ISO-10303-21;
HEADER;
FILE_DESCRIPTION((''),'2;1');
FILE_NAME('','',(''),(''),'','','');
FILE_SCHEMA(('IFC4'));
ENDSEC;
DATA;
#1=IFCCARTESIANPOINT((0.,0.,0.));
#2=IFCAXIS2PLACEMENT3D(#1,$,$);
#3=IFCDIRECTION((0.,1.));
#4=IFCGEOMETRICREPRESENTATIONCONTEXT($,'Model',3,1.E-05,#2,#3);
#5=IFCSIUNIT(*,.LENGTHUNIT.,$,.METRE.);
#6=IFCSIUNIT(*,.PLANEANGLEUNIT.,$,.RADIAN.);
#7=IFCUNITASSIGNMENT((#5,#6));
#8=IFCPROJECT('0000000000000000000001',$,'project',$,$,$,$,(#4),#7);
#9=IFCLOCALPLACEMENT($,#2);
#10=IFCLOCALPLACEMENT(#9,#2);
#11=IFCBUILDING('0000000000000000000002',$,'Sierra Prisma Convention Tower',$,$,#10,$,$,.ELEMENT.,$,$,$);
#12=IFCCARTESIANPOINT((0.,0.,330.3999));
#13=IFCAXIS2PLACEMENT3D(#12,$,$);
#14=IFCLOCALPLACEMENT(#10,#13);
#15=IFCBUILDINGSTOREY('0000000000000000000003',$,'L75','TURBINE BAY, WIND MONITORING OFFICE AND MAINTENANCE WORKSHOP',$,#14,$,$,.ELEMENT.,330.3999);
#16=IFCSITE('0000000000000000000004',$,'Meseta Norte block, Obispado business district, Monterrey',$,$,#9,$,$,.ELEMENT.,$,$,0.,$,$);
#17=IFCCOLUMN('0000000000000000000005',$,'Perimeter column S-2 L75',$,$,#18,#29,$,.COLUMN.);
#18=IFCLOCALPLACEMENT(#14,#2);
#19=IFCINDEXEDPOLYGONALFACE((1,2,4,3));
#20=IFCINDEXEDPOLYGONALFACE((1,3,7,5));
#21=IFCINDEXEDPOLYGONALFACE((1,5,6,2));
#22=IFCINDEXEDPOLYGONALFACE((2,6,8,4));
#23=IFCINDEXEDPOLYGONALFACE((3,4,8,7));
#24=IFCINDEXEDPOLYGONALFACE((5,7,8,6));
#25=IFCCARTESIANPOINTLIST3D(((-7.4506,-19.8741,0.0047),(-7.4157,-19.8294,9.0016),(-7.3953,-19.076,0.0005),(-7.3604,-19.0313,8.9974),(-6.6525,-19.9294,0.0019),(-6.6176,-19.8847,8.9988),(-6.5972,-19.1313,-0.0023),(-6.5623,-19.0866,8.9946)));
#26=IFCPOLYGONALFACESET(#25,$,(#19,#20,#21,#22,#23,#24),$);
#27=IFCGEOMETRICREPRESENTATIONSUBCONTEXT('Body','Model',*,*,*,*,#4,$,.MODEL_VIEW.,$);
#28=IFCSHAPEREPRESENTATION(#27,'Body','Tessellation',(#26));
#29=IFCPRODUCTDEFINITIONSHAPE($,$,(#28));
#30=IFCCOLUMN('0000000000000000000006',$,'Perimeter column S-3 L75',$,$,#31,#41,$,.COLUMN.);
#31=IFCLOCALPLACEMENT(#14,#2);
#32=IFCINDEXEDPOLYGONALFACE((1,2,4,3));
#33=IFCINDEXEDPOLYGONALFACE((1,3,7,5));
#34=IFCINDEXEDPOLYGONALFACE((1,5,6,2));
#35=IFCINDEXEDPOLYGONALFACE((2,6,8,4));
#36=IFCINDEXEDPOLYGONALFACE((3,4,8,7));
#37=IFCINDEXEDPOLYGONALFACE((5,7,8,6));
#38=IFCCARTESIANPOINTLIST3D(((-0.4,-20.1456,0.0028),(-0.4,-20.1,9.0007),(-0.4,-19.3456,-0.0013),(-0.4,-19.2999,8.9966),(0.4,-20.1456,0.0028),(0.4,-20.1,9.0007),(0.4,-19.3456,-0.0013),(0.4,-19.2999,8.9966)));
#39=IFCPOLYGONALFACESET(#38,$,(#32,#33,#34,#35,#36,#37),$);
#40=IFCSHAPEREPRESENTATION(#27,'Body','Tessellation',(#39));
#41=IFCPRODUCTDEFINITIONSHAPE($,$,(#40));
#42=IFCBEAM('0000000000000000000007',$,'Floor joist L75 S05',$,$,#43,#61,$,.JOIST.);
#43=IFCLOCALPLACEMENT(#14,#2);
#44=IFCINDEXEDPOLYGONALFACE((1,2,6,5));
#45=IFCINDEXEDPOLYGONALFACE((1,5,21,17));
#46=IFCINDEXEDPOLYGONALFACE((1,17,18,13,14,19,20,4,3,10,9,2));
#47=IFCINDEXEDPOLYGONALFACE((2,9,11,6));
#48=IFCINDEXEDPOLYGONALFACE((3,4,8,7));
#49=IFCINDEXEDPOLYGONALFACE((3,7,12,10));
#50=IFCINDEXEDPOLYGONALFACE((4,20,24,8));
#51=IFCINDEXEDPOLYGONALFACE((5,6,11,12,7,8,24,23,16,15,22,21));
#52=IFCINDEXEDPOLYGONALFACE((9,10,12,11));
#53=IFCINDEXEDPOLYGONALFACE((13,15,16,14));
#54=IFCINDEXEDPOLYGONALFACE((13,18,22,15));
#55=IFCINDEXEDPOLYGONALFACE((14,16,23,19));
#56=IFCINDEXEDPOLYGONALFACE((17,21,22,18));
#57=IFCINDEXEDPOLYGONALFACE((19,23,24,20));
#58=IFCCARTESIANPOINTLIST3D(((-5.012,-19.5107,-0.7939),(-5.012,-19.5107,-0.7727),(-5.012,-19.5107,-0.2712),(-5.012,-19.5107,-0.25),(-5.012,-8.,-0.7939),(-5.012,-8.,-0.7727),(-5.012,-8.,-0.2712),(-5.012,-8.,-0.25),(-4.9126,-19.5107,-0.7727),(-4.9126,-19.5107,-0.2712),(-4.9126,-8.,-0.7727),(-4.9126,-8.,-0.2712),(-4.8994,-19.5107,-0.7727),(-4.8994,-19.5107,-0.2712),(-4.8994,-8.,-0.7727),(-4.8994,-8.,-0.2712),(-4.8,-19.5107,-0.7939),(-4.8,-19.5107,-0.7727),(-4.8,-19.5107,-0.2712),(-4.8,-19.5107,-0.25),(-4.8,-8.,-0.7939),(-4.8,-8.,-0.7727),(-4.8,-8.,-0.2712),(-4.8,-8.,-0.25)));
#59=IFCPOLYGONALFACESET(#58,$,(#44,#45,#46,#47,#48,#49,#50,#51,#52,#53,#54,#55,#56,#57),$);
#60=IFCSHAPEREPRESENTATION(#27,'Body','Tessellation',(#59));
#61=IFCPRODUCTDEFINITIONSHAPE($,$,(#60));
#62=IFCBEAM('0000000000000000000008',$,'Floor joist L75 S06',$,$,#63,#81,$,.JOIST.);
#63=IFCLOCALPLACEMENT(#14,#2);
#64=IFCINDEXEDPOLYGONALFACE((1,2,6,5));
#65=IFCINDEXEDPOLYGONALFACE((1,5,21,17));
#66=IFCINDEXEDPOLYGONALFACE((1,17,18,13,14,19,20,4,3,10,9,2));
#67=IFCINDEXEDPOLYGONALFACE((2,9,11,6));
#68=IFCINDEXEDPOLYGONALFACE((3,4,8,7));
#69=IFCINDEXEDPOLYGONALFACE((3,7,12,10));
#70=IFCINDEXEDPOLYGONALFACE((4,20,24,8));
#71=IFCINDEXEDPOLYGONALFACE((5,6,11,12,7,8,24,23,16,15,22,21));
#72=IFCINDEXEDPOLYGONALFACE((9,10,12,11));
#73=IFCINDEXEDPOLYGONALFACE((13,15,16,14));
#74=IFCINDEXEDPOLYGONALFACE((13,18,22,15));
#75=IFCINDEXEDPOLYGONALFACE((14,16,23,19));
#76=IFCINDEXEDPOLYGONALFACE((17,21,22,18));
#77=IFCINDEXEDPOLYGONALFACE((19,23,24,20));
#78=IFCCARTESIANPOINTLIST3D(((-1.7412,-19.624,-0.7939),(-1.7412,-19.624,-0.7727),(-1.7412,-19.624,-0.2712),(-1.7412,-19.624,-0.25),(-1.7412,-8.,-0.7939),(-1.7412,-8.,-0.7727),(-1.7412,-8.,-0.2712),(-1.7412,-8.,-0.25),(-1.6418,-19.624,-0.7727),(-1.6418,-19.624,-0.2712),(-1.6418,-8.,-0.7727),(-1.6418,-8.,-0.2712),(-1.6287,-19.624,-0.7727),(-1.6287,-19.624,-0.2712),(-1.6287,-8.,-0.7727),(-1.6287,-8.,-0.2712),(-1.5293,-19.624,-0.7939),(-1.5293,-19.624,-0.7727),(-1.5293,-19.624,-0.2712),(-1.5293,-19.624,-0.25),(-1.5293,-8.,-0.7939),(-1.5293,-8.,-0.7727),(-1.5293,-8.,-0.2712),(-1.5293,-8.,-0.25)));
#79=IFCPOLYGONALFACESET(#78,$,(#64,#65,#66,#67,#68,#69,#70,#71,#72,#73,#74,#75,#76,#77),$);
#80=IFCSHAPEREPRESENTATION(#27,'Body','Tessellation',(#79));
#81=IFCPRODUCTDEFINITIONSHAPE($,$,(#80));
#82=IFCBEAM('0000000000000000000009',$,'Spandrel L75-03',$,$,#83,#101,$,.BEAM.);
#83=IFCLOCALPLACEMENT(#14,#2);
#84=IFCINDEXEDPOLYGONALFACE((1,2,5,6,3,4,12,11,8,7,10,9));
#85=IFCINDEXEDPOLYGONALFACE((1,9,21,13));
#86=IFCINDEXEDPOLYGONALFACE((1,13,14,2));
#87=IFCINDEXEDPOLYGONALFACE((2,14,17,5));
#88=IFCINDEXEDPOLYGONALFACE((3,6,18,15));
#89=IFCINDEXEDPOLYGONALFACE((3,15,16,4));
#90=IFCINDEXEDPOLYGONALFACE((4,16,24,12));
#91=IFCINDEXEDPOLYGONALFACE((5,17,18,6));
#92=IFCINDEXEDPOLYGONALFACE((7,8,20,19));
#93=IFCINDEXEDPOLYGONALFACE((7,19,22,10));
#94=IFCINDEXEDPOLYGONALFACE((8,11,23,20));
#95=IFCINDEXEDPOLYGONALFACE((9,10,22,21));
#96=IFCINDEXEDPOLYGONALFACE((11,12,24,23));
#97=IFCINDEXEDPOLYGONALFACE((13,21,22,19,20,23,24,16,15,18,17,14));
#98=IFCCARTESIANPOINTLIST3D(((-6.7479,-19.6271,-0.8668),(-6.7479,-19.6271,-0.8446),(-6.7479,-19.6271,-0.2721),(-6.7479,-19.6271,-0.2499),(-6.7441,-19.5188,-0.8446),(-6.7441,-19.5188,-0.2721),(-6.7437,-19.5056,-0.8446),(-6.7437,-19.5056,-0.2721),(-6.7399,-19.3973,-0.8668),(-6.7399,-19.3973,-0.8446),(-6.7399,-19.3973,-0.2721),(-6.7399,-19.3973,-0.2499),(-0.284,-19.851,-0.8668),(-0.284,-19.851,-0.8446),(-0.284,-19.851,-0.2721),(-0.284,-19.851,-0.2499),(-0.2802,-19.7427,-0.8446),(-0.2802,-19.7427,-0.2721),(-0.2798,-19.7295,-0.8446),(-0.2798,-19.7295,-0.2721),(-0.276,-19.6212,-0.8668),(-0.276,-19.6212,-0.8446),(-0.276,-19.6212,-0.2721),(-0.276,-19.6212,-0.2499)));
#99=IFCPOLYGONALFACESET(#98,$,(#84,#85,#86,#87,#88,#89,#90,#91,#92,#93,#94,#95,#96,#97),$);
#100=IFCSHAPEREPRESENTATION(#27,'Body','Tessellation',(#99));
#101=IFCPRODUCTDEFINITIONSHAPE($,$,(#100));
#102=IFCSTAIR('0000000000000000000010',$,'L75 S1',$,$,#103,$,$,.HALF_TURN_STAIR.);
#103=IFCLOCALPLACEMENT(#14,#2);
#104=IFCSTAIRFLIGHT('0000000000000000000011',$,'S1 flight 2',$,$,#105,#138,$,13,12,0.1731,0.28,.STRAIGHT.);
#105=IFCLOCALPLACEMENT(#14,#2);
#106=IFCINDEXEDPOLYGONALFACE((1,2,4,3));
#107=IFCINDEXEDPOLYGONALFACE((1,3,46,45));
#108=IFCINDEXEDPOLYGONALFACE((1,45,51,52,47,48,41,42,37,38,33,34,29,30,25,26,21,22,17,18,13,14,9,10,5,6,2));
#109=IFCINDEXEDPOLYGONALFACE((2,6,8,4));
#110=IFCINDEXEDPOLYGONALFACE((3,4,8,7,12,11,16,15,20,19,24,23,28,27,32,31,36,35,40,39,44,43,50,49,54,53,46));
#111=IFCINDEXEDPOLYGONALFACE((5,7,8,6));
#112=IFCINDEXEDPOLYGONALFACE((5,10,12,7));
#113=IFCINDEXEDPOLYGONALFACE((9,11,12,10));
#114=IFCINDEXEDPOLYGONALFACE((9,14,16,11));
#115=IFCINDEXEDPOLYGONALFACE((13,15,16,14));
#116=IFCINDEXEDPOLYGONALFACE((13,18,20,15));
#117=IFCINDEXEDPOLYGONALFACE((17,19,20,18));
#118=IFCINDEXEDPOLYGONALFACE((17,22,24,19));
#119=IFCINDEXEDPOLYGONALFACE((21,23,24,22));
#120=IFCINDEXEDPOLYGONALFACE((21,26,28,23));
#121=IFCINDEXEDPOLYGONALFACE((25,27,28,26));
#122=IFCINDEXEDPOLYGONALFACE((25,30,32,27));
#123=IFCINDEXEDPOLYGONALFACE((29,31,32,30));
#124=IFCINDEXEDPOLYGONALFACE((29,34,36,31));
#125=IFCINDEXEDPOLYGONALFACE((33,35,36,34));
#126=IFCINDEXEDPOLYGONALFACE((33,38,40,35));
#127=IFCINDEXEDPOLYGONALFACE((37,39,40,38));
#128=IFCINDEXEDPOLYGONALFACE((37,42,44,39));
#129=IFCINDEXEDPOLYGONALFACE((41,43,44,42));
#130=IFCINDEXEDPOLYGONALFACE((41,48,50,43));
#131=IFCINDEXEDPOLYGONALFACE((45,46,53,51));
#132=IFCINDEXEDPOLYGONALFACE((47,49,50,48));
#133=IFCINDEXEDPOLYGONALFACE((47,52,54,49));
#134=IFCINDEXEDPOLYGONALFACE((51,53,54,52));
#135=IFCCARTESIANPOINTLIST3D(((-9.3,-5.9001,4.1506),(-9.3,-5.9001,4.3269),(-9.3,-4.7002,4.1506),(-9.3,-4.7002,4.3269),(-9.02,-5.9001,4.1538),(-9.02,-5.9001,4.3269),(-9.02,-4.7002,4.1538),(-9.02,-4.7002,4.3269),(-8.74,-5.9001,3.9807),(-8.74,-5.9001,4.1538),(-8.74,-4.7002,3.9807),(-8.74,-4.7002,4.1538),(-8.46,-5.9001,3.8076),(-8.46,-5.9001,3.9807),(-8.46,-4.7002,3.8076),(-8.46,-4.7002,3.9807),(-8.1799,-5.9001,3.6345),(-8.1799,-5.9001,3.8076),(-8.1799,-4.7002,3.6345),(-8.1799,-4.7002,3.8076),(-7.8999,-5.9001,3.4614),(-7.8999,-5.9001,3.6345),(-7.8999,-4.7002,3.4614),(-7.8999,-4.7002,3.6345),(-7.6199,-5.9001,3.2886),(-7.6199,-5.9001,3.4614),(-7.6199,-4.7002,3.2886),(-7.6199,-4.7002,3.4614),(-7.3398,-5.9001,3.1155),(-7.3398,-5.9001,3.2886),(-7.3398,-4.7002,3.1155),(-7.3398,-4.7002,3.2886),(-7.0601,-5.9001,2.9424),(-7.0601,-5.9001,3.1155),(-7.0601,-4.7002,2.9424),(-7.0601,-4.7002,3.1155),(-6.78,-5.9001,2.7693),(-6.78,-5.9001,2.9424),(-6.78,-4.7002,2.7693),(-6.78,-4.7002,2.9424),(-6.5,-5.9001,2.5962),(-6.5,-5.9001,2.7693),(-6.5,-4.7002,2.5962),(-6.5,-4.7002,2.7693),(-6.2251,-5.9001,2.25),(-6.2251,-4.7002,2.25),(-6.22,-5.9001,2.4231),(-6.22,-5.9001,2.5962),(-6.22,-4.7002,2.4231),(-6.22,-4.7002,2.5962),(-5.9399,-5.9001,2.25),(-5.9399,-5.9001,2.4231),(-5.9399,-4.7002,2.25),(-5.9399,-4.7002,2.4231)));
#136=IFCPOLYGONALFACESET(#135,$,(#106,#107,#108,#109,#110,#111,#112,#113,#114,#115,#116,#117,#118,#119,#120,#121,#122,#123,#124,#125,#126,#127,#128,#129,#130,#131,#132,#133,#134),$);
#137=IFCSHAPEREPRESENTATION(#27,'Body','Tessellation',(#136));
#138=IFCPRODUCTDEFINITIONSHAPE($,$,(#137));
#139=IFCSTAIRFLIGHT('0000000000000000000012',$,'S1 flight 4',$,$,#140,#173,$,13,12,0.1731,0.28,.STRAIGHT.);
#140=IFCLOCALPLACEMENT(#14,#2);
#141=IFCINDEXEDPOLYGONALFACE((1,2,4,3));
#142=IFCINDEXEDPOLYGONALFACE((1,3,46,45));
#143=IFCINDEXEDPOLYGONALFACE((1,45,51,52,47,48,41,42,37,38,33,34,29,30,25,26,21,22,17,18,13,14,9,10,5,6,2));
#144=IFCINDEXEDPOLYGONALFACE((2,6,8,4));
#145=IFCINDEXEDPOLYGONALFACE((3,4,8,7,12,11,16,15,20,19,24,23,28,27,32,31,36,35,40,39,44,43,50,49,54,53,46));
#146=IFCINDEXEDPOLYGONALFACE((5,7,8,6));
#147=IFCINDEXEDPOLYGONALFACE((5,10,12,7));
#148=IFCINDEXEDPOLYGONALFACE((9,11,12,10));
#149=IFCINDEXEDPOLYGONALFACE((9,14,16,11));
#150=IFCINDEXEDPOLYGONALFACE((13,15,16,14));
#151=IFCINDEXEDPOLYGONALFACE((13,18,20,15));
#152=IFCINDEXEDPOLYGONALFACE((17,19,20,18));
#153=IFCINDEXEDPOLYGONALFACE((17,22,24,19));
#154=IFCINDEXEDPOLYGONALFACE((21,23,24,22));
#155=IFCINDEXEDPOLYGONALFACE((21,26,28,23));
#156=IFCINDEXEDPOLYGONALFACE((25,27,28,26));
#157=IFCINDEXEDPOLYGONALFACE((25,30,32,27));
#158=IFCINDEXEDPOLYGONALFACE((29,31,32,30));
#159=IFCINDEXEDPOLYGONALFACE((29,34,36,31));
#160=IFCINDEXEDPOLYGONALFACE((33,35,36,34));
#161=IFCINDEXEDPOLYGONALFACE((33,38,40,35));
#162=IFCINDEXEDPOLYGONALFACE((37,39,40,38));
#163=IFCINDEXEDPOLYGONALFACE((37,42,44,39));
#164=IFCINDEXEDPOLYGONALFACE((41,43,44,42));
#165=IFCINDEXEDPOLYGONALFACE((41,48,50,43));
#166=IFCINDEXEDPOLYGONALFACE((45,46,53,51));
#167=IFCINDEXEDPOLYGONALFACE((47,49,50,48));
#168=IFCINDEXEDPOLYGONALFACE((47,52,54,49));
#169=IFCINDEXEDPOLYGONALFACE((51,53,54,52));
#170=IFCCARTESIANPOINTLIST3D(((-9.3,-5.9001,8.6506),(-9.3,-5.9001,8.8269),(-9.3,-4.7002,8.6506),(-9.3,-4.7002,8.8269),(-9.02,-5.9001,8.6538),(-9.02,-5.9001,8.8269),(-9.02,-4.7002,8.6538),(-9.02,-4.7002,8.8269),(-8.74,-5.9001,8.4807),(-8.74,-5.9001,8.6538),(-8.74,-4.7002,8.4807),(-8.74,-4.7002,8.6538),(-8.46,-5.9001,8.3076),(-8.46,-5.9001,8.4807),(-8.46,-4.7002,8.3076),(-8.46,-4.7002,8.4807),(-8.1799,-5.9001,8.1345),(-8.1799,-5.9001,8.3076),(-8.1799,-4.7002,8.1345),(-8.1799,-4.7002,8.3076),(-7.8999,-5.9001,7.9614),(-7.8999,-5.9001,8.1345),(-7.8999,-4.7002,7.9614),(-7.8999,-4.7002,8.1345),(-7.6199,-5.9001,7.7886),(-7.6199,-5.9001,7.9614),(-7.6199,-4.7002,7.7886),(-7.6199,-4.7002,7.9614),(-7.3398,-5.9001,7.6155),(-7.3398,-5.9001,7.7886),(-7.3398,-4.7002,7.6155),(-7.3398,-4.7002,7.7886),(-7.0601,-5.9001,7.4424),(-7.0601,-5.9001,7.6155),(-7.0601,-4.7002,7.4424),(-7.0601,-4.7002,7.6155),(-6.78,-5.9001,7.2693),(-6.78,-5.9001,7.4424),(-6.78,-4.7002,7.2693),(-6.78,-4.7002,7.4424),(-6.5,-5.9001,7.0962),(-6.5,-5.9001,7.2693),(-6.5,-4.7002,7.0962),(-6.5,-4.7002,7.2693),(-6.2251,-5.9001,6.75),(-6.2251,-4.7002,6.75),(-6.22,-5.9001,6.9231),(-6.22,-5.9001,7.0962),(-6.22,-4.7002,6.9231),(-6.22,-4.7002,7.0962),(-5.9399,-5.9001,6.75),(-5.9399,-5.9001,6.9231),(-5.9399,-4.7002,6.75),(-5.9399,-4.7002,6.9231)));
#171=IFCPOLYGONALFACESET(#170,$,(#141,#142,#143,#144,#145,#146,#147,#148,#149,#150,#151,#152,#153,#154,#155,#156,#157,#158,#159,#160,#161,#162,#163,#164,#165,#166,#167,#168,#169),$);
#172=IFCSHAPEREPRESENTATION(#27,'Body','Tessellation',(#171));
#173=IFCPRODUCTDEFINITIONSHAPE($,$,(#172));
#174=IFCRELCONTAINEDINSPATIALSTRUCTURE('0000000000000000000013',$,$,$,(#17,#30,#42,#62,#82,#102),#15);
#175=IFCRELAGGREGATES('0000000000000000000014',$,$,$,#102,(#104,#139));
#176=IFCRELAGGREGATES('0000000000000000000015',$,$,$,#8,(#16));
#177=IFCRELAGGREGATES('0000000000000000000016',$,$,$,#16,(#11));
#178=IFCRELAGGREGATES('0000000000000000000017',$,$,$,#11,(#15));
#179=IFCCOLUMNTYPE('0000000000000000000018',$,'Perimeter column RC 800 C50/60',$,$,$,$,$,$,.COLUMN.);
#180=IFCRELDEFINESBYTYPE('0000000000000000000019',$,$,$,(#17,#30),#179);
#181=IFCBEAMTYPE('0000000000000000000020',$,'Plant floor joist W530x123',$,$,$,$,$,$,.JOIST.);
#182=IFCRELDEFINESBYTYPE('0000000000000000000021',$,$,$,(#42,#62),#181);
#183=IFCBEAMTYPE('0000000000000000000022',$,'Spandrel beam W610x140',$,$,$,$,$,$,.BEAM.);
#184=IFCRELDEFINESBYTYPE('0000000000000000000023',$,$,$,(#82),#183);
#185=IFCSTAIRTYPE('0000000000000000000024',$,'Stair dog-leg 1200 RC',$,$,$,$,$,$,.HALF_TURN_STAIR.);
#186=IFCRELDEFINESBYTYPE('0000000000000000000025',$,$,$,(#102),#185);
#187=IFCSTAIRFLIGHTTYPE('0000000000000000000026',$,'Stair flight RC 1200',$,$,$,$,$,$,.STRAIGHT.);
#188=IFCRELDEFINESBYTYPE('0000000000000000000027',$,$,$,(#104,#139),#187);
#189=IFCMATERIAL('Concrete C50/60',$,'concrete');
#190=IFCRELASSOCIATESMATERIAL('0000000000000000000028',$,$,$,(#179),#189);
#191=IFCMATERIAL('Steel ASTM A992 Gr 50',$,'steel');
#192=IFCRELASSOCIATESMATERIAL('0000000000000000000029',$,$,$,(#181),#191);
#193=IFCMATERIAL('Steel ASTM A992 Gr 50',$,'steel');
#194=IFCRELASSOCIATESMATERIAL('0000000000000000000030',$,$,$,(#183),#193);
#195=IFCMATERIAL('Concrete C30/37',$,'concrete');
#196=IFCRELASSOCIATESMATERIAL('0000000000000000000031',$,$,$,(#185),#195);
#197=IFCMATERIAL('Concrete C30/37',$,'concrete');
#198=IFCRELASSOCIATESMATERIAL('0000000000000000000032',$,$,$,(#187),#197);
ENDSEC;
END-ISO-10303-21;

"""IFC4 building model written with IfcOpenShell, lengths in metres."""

from ifc_helpers import new_model, si_unit, direction, frame, origin, origin_2d, place, context, subcontext, project, spatial, polyline, rectangle, i_section, outline, extrude, clip, halfspace, material, material_profile, profile_set, type_object, element, aggregate, save


model = new_model("IFC4")

# Units and contexts
model_context = context("Model", 3, precision=1e-05, world=origin(), true_north=direction((0.0, 1.0)))
body_context = subcontext(model_context, "Body", "Model", "MODEL_VIEW")
ifc_project = project(units=[si_unit("LENGTHUNIT", "METRE"), si_unit("PLANEANGLEUNIT", "RADIAN")], contexts=[model_context])

# Site, building, storey
site_placement = place(None, origin())
site = spatial("IfcSite", under=ifc_project, at=site_placement, Name="Meseta Norte block, Obispado business district, Monterrey", CompositionType="ELEMENT", RefElevation=0.0)
building_placement = place(site_placement, origin())
building = spatial("IfcBuilding", under=site, at=building_placement, Name="Sierra Prisma Convention Tower", CompositionType="ELEMENT")
storey_placement = place(building_placement, frame((0.0, 0.0, 330.3999)))
storey = spatial("IfcBuildingStorey", under=building, at=storey_placement, Name="L75", Description="TURBINE BAY, WIND MONITORING OFFICE AND MAINTENANCE WORKSHOP", CompositionType="ELEMENT", Elevation=330.3999)

# Columns
ifc_material_1 = material(Name="Concrete C50/60", Category="concrete")
ifc_material_profile_1 = material_profile(ifc_material_1, rectangle(XDim=0.8, YDim=0.8, at=origin_2d()), Name="Perimeter column RC 800 C50/60")
ifc_profile_set_1 = profile_set([ifc_material_profile_1], Name="Concrete C50/60")
column_type = type_object("IfcColumnType", Name="Perimeter column RC 800 C50/60", PredefinedType="COLUMN", material=ifc_profile_set_1)
column_1_placement = place(storey_placement, frame((-7.0239, -19.5027, 0.0), z_axis=(0.003879, 0.004964, 0.99998), x_axis=(-0.9976, 0.069157, 0.003527)))
element("IfcColumn", 1, at=column_1_placement, inside=storey, type_object=column_type, Name="Perimeter column S-2 L75", PredefinedType="COLUMN", context=body_context, shape_type="SweptSolid", body=[
    clip(clip(extrude(rectangle(XDim=0.8, YDim=0.8, at=origin_2d()), origin(), (0.0, 0.0, 1.0), 9.0002), halfspace(frame((0.0, 0.0, 0.0012)), True)), halfspace(frame((0.0, 0.0, 8.9983)), False)),
])
column_2_placement = place(storey_placement, frame((0.0, -19.7456, 0.0), z_axis=(0.0, 0.005073, 0.999987), x_axis=(1.0, 0.0, 0.0)))
element("IfcColumn", 2, at=column_2_placement, inside=storey, type_object=column_type, Name="Perimeter column S-3 L75", PredefinedType="COLUMN", context=body_context, shape_type="SweptSolid", body=[
    clip(clip(extrude(rectangle(XDim=0.8, YDim=0.8, at=origin_2d()), origin(), (0.0, 0.0, 1.0), 9.0), halfspace(frame((0.0, 0.0, 0.0007)), True)), halfspace(frame((0.0, 0.0, 8.9988)), False)),
])

# Beams
ifc_material_2 = material(Name="Steel ASTM A992 Gr 50", Category="steel")
ifc_material_profile_2 = material_profile(ifc_material_2, i_section(OverallWidth=0.2119, OverallDepth=0.5439, WebThickness=0.0132, FlangeThickness=0.0212, at=origin_2d()), Name="W530x123")
ifc_profile_set_2 = profile_set([ifc_material_profile_2], Name="Steel ASTM A992 Gr 50")
beam_type_1 = type_object("IfcBeamType", Name="Plant floor joist W530x123", PredefinedType="JOIST", material=ifc_profile_set_2)
beam_1_placement = place(storey_placement, frame((-4.906, -19.5107, -0.522), z_axis=(0.0, 1.0, 0.0), x_axis=(-1.0, 0.0, 0.0)))
element("IfcBeam", 3, at=beam_1_placement, inside=storey, type_object=beam_type_1, Name="Floor joist L75 S05", PredefinedType="JOIST", context=body_context, shape_type="SweptSolid", body=[
    extrude(i_section(OverallWidth=0.2119, OverallDepth=0.5439, WebThickness=0.0132, FlangeThickness=0.0212, at=origin_2d()), origin(), (0.0, 0.0, 1.0), 11.5107),
])
beam_2_placement = place(storey_placement, frame((-1.6353, -19.624, -0.522), z_axis=(0.0, 1.0, 0.0), x_axis=(-1.0, 0.0, 0.0)))
element("IfcBeam", 4, at=beam_2_placement, inside=storey, type_object=beam_type_1, Name="Floor joist L75 S06", PredefinedType="JOIST", context=body_context, shape_type="SweptSolid", body=[
    extrude(i_section(OverallWidth=0.2119, OverallDepth=0.5439, WebThickness=0.0132, FlangeThickness=0.0212, at=origin_2d()), origin(), (0.0, 0.0, 1.0), 11.624),
])
ifc_material_3 = material(Name="Steel ASTM A992 Gr 50", Category="steel")
ifc_material_profile_3 = material_profile(ifc_material_3, i_section(OverallWidth=0.23, OverallDepth=0.6169, WebThickness=0.0132, FlangeThickness=0.0222, at=origin_2d()), Name="W610x140")
ifc_profile_set_3 = profile_set([ifc_material_profile_3], Name="Steel ASTM A992 Gr 50")
beam_type_2 = type_object("IfcBeamType", Name="Spandrel beam W610x140", PredefinedType="BEAM", material=ifc_profile_set_3)
beam_3_placement = place(storey_placement, frame((-6.7439, -19.5122, -0.5583), z_axis=(0.999401, -0.034614, 0.0), x_axis=(0.034614, 0.999401, 0.0)))
element("IfcBeam", 5, at=beam_3_placement, inside=storey, type_object=beam_type_2, Name="Spandrel L75-03", PredefinedType="BEAM", context=body_context, shape_type="SweptSolid", body=[
    extrude(i_section(OverallWidth=0.23, OverallDepth=0.6169, WebThickness=0.0132, FlangeThickness=0.0222, at=origin_2d()), origin(), (0.0, 0.0, 1.0), 6.4678),
])

# Stair, stair flights
ifc_material_4 = material(Name="Concrete C30/37", Category="concrete")
stair_type = type_object("IfcStairType", Name="Stair dog-leg 1200 RC", PredefinedType="HALF_TURN_STAIR", material=ifc_material_4)
stair_placement = place(storey_placement, origin())
stair = element("IfcStair", 6, at=stair_placement, inside=storey, type_object=stair_type, Name="L75 S1", PredefinedType="HALF_TURN_STAIR")
ifc_material_5 = material(Name="Concrete C30/37", Category="concrete")
stair_flight_type = type_object("IfcStairFlightType", Name="Stair flight RC 1200", PredefinedType="STRAIGHT", material=ifc_material_5)
stair_flight_1_placement = place(storey_placement, frame((-5.9399, -5.3, 2.25), z_axis=(0.0, 0.0, 1.0), x_axis=(-1.0, 0.0, 0.0)))
stair_flight_1 = element("IfcStairFlight", 7, at=stair_flight_1_placement, type_object=stair_flight_type, Name="S1 flight 2", NumberOfRisers=13, NumberOfTreads=12, PredefinedType="STRAIGHT", RiserHeight=0.1731, TreadLength=0.28, context=body_context, shape_type="SweptSolid", body=[
    extrude(outline(polyline([(0.0, 0.0), (0.0, 0.1731), (0.28, 0.1731), (0.28, 0.3462), (0.5601, 0.3462), (0.5601, 0.5193), (0.8401, 0.5193), (0.8401, 0.6924), (1.1201, 0.6924), (1.1201, 0.8655), (1.3999, 0.8655), (1.3999, 1.0386), (1.6799, 1.0386), (1.6799, 1.2114), (1.96, 1.2114), (1.96, 1.3845), (2.24, 1.3845), (2.24, 1.5576), (2.52, 1.5576), (2.52, 1.7307), (2.8, 1.7307), (2.8, 1.9038), (3.0801, 1.9038), (3.0801, 2.0769), (3.3601, 2.0769), (3.3601, 2.25), (3.3601, 1.9006), (0.2852, 0.0), (0.0, 0.0)])), frame((0.0, 0.6001, 0.0), z_axis=(0.0, -1.0, 0.0), x_axis=(1.0, 0.0, 0.0)), (0.0, 0.0, 1.0), 1.2),
])
stair_flight_2_placement = place(storey_placement, frame((-5.9399, -5.3, 6.75), z_axis=(0.0, 0.0, 1.0), x_axis=(-1.0, 0.0, 0.0)))
stair_flight_2 = element("IfcStairFlight", 8, at=stair_flight_2_placement, type_object=stair_flight_type, Name="S1 flight 4", NumberOfRisers=13, NumberOfTreads=12, PredefinedType="STRAIGHT", RiserHeight=0.1731, TreadLength=0.28, context=body_context, shape_type="SweptSolid", body=[
    extrude(outline(polyline([(0.0, 0.0), (0.0, 0.1731), (0.28, 0.1731), (0.28, 0.3462), (0.5601, 0.3462), (0.5601, 0.5193), (0.8401, 0.5193), (0.8401, 0.6924), (1.1201, 0.6924), (1.1201, 0.8655), (1.3999, 0.8655), (1.3999, 1.0386), (1.6799, 1.0386), (1.6799, 1.2114), (1.96, 1.2114), (1.96, 1.3845), (2.24, 1.3845), (2.24, 1.5576), (2.52, 1.5576), (2.52, 1.7307), (2.8, 1.7307), (2.8, 1.9038), (3.0801, 1.9038), (3.0801, 2.0769), (3.3601, 2.0769), (3.3601, 2.25), (3.3601, 1.9006), (0.2852, 0.0), (0.0, 0.0)])), frame((0.0, 0.6001, 0.0), z_axis=(0.0, -1.0, 0.0), x_axis=(1.0, 0.0, 0.0)), (0.0, 0.0, 1.0), 1.2),
])
aggregate(stair, [stair_flight_1, stair_flight_2])

save(model, "model.ifc")
